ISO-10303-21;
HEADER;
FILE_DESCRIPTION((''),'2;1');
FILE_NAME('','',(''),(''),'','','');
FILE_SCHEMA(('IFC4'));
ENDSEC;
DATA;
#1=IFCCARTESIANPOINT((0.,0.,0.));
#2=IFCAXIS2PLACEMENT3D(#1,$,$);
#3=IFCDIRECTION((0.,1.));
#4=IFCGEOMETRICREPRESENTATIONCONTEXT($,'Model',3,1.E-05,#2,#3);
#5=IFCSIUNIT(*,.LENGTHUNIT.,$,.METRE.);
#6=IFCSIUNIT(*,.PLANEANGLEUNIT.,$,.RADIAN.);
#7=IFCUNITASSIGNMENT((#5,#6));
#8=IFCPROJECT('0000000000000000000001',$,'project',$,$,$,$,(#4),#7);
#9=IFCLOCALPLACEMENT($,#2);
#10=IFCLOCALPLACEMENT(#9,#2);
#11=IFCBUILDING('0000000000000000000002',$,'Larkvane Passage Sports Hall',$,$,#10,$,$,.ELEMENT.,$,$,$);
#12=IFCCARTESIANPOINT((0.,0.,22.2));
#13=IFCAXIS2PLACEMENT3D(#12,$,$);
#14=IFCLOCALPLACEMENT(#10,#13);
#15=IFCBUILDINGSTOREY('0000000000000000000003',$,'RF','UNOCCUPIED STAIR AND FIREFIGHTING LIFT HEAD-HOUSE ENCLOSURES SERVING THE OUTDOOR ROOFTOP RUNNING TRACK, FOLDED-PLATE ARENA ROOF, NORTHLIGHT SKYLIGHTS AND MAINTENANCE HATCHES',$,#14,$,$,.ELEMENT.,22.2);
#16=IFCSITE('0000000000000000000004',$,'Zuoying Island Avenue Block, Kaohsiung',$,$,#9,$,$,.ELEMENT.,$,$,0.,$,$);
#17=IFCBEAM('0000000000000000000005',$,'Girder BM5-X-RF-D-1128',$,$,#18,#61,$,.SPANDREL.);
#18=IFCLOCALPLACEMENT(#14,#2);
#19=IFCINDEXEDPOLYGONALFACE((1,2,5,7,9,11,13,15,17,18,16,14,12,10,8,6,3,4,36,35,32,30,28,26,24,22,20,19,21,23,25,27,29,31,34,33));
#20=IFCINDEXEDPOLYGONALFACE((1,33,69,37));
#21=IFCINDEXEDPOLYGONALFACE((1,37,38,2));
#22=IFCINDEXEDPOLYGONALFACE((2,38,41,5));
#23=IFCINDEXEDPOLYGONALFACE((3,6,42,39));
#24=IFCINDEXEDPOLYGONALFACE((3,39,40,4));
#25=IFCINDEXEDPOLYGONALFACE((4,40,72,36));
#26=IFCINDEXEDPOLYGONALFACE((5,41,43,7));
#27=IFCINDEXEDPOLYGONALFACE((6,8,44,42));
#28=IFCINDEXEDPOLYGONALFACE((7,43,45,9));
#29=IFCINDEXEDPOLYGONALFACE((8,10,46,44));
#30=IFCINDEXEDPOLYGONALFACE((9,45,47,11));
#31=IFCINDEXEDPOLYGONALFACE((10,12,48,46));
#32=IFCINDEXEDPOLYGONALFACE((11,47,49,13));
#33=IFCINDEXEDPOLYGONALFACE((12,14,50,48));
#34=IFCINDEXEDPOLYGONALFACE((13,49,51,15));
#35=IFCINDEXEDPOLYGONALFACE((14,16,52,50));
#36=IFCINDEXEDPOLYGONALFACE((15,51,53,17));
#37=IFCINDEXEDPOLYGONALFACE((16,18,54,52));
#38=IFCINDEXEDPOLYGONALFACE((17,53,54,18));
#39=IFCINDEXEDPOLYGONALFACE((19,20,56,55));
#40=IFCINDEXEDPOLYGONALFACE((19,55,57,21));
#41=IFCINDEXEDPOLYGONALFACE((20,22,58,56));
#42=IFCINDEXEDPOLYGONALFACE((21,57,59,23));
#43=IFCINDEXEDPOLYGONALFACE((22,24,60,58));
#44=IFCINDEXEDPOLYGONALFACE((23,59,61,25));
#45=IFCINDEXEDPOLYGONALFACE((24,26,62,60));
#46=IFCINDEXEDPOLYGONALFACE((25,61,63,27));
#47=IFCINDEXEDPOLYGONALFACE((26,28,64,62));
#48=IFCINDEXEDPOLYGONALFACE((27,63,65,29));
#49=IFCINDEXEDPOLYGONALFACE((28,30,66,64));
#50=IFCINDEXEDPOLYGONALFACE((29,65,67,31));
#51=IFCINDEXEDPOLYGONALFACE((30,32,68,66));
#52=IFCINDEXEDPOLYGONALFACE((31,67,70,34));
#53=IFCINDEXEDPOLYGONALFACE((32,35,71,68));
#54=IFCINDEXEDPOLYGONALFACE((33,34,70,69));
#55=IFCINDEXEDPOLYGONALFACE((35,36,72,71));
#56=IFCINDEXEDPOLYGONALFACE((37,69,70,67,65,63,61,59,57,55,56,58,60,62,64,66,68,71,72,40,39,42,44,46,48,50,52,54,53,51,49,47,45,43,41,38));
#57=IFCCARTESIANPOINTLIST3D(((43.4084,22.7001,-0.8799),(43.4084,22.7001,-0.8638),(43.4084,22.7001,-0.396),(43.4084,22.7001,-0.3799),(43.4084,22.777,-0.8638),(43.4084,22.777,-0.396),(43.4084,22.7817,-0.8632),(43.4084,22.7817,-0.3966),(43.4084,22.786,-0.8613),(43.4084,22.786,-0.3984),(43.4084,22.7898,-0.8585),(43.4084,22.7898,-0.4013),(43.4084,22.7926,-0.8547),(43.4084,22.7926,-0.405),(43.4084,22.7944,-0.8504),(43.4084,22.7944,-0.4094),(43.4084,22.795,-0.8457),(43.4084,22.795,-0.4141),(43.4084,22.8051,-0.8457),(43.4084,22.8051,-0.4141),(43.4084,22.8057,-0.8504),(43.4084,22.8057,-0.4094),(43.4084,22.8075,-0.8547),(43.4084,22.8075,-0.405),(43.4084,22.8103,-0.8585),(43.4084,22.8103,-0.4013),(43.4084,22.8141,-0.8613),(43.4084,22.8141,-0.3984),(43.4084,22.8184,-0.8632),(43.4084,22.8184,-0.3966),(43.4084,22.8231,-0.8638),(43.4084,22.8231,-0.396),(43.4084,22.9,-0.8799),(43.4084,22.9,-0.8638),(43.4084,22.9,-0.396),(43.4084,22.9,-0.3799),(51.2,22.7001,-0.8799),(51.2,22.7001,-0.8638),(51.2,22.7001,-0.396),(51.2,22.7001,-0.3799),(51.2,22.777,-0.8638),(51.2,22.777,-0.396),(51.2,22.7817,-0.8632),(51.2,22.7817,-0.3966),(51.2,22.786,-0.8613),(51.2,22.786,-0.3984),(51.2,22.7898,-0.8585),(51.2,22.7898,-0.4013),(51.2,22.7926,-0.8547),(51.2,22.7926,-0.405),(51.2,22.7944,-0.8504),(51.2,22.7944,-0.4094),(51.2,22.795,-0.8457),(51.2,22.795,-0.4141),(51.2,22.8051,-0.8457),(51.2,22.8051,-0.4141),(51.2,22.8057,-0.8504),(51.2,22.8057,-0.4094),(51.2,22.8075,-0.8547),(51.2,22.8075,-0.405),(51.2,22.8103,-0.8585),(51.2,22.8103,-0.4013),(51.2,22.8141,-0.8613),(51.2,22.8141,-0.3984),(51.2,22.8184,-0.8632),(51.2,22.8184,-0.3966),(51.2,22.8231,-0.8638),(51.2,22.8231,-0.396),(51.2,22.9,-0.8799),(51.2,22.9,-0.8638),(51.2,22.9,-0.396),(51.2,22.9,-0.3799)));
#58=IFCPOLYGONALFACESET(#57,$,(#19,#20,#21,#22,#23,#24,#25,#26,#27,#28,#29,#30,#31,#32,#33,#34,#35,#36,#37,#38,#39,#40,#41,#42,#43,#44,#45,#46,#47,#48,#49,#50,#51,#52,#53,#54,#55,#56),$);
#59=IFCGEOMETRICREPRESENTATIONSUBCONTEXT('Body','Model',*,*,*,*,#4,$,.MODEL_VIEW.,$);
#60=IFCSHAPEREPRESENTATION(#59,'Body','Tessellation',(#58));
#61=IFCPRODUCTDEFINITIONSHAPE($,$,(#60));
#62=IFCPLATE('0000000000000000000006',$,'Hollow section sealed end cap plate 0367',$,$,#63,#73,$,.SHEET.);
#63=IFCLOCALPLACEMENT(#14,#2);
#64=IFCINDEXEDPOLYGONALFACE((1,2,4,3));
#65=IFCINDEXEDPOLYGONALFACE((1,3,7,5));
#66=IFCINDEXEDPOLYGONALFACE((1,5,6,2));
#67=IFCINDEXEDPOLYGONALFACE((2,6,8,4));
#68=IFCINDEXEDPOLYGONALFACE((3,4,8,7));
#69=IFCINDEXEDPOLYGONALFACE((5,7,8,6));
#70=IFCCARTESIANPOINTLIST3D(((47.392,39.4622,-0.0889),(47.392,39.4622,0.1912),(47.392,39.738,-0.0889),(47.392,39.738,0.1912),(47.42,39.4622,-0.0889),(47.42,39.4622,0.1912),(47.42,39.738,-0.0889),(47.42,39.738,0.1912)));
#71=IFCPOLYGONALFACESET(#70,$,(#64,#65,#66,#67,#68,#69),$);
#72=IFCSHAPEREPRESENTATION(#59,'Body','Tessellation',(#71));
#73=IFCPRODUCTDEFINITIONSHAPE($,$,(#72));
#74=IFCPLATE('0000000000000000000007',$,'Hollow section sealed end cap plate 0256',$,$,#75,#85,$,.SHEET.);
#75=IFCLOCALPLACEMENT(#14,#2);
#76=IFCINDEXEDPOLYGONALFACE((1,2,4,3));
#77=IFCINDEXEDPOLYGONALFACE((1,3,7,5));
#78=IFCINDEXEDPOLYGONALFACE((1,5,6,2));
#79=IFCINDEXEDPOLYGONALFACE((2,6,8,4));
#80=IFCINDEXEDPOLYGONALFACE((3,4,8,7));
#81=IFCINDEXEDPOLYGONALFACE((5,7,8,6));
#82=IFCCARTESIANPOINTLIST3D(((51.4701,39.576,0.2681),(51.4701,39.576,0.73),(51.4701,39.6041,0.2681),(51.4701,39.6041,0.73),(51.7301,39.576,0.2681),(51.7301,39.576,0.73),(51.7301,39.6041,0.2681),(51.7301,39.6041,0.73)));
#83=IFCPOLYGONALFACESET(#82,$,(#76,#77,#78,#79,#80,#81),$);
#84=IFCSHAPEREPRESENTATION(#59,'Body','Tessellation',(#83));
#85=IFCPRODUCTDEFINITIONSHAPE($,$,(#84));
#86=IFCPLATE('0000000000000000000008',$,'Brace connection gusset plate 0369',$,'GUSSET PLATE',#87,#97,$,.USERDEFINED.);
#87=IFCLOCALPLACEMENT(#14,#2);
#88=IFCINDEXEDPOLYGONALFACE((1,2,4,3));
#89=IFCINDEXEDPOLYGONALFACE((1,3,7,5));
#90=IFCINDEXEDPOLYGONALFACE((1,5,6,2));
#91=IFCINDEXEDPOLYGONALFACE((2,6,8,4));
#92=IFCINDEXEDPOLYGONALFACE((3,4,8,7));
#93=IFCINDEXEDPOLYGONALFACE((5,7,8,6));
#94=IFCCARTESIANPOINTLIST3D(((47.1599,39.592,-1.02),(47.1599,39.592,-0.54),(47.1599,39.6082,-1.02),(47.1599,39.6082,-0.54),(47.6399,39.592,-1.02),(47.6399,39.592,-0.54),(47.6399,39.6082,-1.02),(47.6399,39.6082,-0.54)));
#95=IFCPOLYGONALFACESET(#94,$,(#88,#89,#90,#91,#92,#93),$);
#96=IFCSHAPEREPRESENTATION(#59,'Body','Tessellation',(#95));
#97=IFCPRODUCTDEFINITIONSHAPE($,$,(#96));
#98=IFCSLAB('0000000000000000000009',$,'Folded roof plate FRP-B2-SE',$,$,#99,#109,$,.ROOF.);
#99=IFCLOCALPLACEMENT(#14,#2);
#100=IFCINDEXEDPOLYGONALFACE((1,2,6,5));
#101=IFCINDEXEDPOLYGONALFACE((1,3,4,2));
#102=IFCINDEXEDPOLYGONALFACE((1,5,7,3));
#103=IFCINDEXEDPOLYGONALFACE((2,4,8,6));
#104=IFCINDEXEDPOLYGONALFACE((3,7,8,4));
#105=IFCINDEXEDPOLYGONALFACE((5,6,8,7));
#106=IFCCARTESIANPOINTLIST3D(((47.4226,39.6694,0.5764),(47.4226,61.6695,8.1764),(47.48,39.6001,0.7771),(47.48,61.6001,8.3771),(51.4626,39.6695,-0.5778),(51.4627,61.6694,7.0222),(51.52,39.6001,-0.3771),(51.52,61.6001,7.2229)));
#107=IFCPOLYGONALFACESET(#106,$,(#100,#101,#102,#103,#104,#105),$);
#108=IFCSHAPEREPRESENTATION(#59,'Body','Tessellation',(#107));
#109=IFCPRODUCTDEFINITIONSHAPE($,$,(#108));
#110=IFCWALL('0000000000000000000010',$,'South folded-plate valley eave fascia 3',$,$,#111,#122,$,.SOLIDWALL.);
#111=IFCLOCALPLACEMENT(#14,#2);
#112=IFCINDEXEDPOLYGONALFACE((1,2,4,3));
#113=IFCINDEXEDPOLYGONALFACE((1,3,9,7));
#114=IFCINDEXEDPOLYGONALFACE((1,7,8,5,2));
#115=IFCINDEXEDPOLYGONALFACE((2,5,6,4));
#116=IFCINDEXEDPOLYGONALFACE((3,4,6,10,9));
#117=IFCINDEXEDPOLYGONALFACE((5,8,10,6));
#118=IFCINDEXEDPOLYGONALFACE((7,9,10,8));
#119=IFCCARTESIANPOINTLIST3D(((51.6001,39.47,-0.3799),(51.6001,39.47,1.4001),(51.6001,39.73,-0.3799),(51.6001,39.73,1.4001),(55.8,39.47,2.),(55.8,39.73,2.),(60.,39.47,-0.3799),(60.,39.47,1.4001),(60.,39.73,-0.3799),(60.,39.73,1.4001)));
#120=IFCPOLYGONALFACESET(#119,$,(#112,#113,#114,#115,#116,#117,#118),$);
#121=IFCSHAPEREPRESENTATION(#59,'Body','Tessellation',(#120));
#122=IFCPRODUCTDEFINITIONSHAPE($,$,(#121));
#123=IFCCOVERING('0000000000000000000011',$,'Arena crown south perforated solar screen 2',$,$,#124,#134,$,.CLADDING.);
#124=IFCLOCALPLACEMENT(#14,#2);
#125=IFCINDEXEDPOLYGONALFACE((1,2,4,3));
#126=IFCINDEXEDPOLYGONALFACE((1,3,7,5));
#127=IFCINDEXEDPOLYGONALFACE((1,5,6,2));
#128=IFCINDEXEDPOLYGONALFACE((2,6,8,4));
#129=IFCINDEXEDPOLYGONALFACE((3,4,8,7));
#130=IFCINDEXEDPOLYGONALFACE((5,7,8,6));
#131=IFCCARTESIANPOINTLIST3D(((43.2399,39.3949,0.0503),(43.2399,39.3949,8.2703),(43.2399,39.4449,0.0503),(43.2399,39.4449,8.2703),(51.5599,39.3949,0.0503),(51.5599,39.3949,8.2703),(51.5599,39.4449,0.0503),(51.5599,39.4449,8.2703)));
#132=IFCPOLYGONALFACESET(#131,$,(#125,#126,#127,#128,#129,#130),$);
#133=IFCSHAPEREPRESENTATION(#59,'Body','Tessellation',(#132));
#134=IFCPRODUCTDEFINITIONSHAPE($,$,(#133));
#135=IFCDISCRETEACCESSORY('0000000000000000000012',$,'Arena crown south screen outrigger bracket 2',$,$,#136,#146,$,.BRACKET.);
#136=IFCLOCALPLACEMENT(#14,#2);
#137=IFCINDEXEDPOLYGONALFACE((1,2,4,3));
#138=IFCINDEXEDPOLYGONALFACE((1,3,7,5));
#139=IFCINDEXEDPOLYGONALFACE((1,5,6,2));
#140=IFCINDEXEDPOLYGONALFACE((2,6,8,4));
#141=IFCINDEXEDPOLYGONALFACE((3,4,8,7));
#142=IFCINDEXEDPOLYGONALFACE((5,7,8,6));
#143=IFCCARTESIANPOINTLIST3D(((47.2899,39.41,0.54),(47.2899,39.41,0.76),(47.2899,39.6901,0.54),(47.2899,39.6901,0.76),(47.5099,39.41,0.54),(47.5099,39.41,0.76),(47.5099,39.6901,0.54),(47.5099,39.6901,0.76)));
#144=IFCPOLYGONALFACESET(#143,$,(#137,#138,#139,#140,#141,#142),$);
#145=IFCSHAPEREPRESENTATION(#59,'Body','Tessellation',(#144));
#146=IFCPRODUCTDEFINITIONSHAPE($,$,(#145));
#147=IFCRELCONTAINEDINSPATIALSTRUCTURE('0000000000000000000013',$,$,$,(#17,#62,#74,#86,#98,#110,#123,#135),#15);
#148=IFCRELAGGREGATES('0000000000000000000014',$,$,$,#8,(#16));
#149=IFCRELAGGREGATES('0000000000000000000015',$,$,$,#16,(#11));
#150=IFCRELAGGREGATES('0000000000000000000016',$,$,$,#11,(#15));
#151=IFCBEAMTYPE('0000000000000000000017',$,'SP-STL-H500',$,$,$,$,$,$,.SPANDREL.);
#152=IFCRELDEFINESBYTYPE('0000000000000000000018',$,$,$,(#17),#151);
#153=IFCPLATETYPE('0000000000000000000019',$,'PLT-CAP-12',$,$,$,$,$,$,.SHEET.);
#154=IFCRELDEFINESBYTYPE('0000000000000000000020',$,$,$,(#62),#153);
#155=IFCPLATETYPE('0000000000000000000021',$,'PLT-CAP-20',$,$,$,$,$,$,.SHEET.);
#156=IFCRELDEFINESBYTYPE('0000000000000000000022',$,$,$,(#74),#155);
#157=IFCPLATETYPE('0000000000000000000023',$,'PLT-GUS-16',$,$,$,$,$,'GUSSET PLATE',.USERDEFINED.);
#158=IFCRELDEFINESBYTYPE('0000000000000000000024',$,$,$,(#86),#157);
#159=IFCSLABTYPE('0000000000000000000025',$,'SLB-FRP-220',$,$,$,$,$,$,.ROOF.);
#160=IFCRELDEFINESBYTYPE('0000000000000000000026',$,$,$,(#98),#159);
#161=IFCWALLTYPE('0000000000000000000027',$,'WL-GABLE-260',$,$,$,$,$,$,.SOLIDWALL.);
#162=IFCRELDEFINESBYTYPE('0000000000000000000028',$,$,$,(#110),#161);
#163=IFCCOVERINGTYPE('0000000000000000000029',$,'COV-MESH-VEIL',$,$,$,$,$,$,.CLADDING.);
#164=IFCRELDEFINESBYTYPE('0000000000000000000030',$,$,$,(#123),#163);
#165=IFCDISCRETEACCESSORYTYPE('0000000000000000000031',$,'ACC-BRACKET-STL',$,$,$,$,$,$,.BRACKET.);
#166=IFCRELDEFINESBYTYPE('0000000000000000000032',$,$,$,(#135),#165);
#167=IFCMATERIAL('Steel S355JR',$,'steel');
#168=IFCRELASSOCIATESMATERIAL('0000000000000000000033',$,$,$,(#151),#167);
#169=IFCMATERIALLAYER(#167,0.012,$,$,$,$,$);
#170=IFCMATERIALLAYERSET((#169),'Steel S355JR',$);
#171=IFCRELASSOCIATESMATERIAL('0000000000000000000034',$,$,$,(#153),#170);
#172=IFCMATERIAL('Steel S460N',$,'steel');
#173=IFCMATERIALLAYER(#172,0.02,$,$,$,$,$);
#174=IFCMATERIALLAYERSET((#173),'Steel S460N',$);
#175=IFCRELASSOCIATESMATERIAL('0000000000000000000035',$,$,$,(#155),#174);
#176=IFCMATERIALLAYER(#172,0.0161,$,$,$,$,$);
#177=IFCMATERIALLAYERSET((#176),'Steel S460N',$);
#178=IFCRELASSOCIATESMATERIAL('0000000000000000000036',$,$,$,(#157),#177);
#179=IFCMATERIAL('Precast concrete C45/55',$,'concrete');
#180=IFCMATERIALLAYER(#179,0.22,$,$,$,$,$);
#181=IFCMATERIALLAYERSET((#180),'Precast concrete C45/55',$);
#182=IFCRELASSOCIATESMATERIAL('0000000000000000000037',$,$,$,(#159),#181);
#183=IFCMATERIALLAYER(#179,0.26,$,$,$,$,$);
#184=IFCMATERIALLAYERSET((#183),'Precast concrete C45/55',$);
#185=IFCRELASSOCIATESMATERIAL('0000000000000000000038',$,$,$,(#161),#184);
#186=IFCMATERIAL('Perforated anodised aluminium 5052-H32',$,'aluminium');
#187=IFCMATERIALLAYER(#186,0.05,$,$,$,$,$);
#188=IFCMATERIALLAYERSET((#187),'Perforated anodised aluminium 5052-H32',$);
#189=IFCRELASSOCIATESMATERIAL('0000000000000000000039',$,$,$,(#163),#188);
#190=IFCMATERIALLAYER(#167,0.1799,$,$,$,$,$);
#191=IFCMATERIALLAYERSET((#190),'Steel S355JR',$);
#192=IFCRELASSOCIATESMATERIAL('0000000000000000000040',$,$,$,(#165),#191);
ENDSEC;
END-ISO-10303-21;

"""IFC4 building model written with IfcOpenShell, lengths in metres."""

from ifc_helpers import new_model, si_unit, direction, frame, origin, origin_2d, place, context, subcontext, project, spatial, polyline, rectangle, i_section, outline, extrude, material, layer, layer_set, material_profile, profile_set, type_object, element, save


model = new_model("IFC4")

# Units and contexts
model_context = context("Model", 3, precision=1e-05, world=origin(), true_north=direction((0.0, 1.0)))
body_context = subcontext(model_context, "Body", "Model", "MODEL_VIEW")
ifc_project = project(units=[si_unit("LENGTHUNIT", "METRE"), si_unit("PLANEANGLEUNIT", "RADIAN")], contexts=[model_context])

# Site, building, storey
site_placement = place(None, origin())
site = spatial("IfcSite", under=ifc_project, at=site_placement, Name="Zuoying Island Avenue Block, Kaohsiung", CompositionType="ELEMENT", RefElevation=0.0)
building_placement = place(site_placement, origin())
building = spatial("IfcBuilding", under=site, at=building_placement, Name="Larkvane Passage Sports Hall", CompositionType="ELEMENT")
storey_placement = place(building_placement, frame((0.0, 0.0, 22.2)))
storey = spatial("IfcBuildingStorey", under=building, at=storey_placement, Name="RF", Description="UNOCCUPIED STAIR AND FIREFIGHTING LIFT HEAD-HOUSE ENCLOSURES SERVING THE OUTDOOR ROOFTOP RUNNING TRACK, FOLDED-PLATE ARENA ROOF, NORTHLIGHT SKYLIGHTS AND MAINTENANCE HATCHES", CompositionType="ELEMENT", Elevation=22.2)

# Shared definitions
ifc_material_1 = material(Name="Steel S355JR", Category="steel")
ifc_material_2 = material(Name="Steel S460N", Category="steel")

# Beam
ifc_material_profile_1 = material_profile(ifc_material_1, i_section(OverallWidth=0.2, OverallDepth=0.5, WebThickness=0.01, FlangeThickness=0.0161, FilletRadius=0.0181, at=origin_2d()), Name="H-500x200x10x16")
ifc_profile_set_1 = profile_set([ifc_material_profile_1], Name="Steel S355JR")
beam_type_1 = type_object("IfcBeamType", Name="SP-STL-H500", PredefinedType="SPANDREL", material=ifc_profile_set_1)
beam_1_placement = place(storey_placement, frame((43.4084, 22.8, -0.6299), z_axis=(1.0, 0.0, 0.0), x_axis=(0.0, 1.0, 0.0)))
element("IfcBeam", 1, at=beam_1_placement, inside=storey, type_object=beam_type_1, Name="Girder BM5-X-RF-D-1128", PredefinedType="SPANDREL", context=body_context, shape_type="SweptSolid", body=[
    extrude(i_section(OverallWidth=0.2, OverallDepth=0.5, WebThickness=0.01, FlangeThickness=0.0161, FilletRadius=0.0181, at=origin_2d()), origin(), (0.0, 0.0, 1.0), 7.7915),
])

# Plates
ifc_layer_1 = layer(ifc_material_1, 0.012)
ifc_layer_set_1 = layer_set([ifc_layer_1], Name="Steel S355JR")
plate_type_1 = type_object("IfcPlateType", Name="PLT-CAP-12", PredefinedType="SHEET", material=ifc_layer_set_1)
plate_1_placement = place(storey_placement, frame((47.406, 39.6001, -0.0889), z_axis=(0.0, 0.0, 1.0), x_axis=(0.0, 1.0, 0.0)))
element("IfcPlate", 2, at=plate_1_placement, inside=storey, type_object=plate_type_1, Name="Hollow section sealed end cap plate 0367", PredefinedType="SHEET", context=body_context, shape_type="SweptSolid", body=[
    extrude(rectangle(XDim=0.2759, YDim=0.0281, at=origin_2d()), origin(), (0.0, 0.0, 1.0), 0.28),
])
ifc_layer_2 = layer(ifc_material_2, 0.02)
ifc_layer_set_2 = layer_set([ifc_layer_2], Name="Steel S460N")
plate_type_2 = type_object("IfcPlateType", Name="PLT-CAP-20", PredefinedType="SHEET", material=ifc_layer_set_2)
plate_2_placement = place(storey_placement, frame((51.6001, 39.5901, 0.2681), z_axis=(0.0, 0.0, 1.0), x_axis=(-1.0, 0.0, 0.0)))
element("IfcPlate", 3, at=plate_2_placement, inside=storey, type_object=plate_type_2, Name="Hollow section sealed end cap plate 0256", PredefinedType="SHEET", context=body_context, shape_type="SweptSolid", body=[
    extrude(rectangle(XDim=0.26, YDim=0.0281, at=origin_2d()), origin(), (0.0, 0.0, 1.0), 0.4619),
])
ifc_layer_3 = layer(ifc_material_2, 0.0161)
ifc_layer_set_3 = layer_set([ifc_layer_3], Name="Steel S460N")
plate_type_3 = type_object("IfcPlateType", Name="PLT-GUS-16", ElementType="GUSSET PLATE", PredefinedType="USERDEFINED", material=ifc_layer_set_3)
plate_3_placement = place(storey_placement, frame((47.3999, 39.6001, -1.02), z_axis=(0.0, 0.0, 1.0), x_axis=(1.0, 0.0, 0.0)))
element("IfcPlate", 4, at=plate_3_placement, inside=storey, type_object=plate_type_3, Name="Brace connection gusset plate 0369", ObjectType="GUSSET PLATE", PredefinedType="USERDEFINED", context=body_context, shape_type="SweptSolid", body=[
    extrude(rectangle(XDim=0.48, YDim=0.0161, at=origin_2d()), origin(), (0.0, 0.0, 1.0), 0.48),
])

# Slab
ifc_material_3 = material(Name="Precast concrete C45/55", Category="concrete")
ifc_layer_4 = layer(ifc_material_3, 0.22)
ifc_layer_set_4 = layer_set([ifc_layer_4], Name="Precast concrete C45/55")
slab_type = type_object("IfcSlabType", Name="SLB-FRP-220", PredefinedType="ROOF", material=ifc_layer_set_4)
slab_placement = place(storey_placement, frame((47.48, 39.6001, 0.7771), z_axis=(0.260689, -0.315229, 0.912508), x_axis=(0.961532, 0.000008, -0.274692)))
element("IfcSlab", 5, at=slab_placement, inside=storey, type_object=slab_type, Name="Folded roof plate FRP-B2-SE", PredefinedType="ROOF", context=body_context, shape_type="SweptSolid", body=[
    extrude(outline(polyline([(0.0, 0.0), (4.2016, 0.0), (2.1142, 23.1819), (-2.0875, 23.182), (0.0, 0.0)])), origin(), (0.0, 0.0, -1.0), 0.22),
])

# Wall
ifc_layer_5 = layer(ifc_material_3, 0.26)
ifc_layer_set_5 = layer_set([ifc_layer_5], Name="Precast concrete C45/55")
wall_type = type_object("IfcWallType", Name="WL-GABLE-260", PredefinedType="SOLIDWALL", material=ifc_layer_set_5)
wall_placement = place(storey_placement, frame((51.6001, 39.6001, -0.3799), z_axis=(0.0, 0.0, 1.0), x_axis=(1.0, 0.0, 0.0)))
element("IfcWall", 6, at=wall_placement, inside=storey, type_object=wall_type, Name="South folded-plate valley eave fascia 3", PredefinedType="SOLIDWALL", context=body_context, shape_type="SweptSolid", body=[
    extrude(outline(polyline([(0.0, 0.0), (8.3999, 0.0), (8.3999, 1.78), (4.2, 2.3799), (0.0, 1.78), (0.0, 0.0)])), frame((0.0, 0.1299, 0.0), z_axis=(0.0, -1.0, 0.0), x_axis=(1.0, 0.0, 0.0)), (0.0, 0.0, 1.0), 0.26),
])

# Covering
ifc_material_4 = material(Name="Perforated anodised aluminium 5052-H32", Category="aluminium")
ifc_layer_6 = layer(ifc_material_4, 0.05)
ifc_layer_set_6 = layer_set([ifc_layer_6], Name="Perforated anodised aluminium 5052-H32")
covering_type = type_object("IfcCoveringType", Name="COV-MESH-VEIL", PredefinedType="CLADDING", material=ifc_layer_set_6)
covering_placement = place(storey_placement, frame((47.3999, 39.4199, 0.0503), z_axis=(0.0, 0.0, 1.0), x_axis=(1.0, 0.0, 0.0)))
element("IfcCovering", 7, at=covering_placement, inside=storey, type_object=covering_type, Name="Arena crown south perforated solar screen 2", PredefinedType="CLADDING", context=body_context, shape_type="SweptSolid", body=[
    extrude(rectangle(XDim=8.3201, YDim=0.05, at=origin_2d()), origin(), (0.0, 0.0, 1.0), 8.22),
])

# Discrete accessory
ifc_layer_7 = layer(ifc_material_1, 0.1799)
ifc_layer_set_7 = layer_set([ifc_layer_7], Name="Steel S355JR")
discrete_accessory_type = type_object("IfcDiscreteAccessoryType", Name="ACC-BRACKET-STL", PredefinedType="BRACKET", material=ifc_layer_set_7)
discrete_accessory_placement = place(storey_placement, frame((47.3999, 39.55, 0.54), z_axis=(0.0, 0.0, 1.0), x_axis=(1.0, 0.0, 0.0)))
element("IfcDiscreteAccessory", 8, at=discrete_accessory_placement, inside=storey, type_object=discrete_accessory_type, Name="Arena crown south screen outrigger bracket 2", PredefinedType="BRACKET", context=body_context, shape_type="SweptSolid", body=[
    extrude(rectangle(XDim=0.22, YDim=0.28, at=origin_2d()), origin(), (0.0, 0.0, 1.0), 0.22),
])

save(model, "model.ifc")
